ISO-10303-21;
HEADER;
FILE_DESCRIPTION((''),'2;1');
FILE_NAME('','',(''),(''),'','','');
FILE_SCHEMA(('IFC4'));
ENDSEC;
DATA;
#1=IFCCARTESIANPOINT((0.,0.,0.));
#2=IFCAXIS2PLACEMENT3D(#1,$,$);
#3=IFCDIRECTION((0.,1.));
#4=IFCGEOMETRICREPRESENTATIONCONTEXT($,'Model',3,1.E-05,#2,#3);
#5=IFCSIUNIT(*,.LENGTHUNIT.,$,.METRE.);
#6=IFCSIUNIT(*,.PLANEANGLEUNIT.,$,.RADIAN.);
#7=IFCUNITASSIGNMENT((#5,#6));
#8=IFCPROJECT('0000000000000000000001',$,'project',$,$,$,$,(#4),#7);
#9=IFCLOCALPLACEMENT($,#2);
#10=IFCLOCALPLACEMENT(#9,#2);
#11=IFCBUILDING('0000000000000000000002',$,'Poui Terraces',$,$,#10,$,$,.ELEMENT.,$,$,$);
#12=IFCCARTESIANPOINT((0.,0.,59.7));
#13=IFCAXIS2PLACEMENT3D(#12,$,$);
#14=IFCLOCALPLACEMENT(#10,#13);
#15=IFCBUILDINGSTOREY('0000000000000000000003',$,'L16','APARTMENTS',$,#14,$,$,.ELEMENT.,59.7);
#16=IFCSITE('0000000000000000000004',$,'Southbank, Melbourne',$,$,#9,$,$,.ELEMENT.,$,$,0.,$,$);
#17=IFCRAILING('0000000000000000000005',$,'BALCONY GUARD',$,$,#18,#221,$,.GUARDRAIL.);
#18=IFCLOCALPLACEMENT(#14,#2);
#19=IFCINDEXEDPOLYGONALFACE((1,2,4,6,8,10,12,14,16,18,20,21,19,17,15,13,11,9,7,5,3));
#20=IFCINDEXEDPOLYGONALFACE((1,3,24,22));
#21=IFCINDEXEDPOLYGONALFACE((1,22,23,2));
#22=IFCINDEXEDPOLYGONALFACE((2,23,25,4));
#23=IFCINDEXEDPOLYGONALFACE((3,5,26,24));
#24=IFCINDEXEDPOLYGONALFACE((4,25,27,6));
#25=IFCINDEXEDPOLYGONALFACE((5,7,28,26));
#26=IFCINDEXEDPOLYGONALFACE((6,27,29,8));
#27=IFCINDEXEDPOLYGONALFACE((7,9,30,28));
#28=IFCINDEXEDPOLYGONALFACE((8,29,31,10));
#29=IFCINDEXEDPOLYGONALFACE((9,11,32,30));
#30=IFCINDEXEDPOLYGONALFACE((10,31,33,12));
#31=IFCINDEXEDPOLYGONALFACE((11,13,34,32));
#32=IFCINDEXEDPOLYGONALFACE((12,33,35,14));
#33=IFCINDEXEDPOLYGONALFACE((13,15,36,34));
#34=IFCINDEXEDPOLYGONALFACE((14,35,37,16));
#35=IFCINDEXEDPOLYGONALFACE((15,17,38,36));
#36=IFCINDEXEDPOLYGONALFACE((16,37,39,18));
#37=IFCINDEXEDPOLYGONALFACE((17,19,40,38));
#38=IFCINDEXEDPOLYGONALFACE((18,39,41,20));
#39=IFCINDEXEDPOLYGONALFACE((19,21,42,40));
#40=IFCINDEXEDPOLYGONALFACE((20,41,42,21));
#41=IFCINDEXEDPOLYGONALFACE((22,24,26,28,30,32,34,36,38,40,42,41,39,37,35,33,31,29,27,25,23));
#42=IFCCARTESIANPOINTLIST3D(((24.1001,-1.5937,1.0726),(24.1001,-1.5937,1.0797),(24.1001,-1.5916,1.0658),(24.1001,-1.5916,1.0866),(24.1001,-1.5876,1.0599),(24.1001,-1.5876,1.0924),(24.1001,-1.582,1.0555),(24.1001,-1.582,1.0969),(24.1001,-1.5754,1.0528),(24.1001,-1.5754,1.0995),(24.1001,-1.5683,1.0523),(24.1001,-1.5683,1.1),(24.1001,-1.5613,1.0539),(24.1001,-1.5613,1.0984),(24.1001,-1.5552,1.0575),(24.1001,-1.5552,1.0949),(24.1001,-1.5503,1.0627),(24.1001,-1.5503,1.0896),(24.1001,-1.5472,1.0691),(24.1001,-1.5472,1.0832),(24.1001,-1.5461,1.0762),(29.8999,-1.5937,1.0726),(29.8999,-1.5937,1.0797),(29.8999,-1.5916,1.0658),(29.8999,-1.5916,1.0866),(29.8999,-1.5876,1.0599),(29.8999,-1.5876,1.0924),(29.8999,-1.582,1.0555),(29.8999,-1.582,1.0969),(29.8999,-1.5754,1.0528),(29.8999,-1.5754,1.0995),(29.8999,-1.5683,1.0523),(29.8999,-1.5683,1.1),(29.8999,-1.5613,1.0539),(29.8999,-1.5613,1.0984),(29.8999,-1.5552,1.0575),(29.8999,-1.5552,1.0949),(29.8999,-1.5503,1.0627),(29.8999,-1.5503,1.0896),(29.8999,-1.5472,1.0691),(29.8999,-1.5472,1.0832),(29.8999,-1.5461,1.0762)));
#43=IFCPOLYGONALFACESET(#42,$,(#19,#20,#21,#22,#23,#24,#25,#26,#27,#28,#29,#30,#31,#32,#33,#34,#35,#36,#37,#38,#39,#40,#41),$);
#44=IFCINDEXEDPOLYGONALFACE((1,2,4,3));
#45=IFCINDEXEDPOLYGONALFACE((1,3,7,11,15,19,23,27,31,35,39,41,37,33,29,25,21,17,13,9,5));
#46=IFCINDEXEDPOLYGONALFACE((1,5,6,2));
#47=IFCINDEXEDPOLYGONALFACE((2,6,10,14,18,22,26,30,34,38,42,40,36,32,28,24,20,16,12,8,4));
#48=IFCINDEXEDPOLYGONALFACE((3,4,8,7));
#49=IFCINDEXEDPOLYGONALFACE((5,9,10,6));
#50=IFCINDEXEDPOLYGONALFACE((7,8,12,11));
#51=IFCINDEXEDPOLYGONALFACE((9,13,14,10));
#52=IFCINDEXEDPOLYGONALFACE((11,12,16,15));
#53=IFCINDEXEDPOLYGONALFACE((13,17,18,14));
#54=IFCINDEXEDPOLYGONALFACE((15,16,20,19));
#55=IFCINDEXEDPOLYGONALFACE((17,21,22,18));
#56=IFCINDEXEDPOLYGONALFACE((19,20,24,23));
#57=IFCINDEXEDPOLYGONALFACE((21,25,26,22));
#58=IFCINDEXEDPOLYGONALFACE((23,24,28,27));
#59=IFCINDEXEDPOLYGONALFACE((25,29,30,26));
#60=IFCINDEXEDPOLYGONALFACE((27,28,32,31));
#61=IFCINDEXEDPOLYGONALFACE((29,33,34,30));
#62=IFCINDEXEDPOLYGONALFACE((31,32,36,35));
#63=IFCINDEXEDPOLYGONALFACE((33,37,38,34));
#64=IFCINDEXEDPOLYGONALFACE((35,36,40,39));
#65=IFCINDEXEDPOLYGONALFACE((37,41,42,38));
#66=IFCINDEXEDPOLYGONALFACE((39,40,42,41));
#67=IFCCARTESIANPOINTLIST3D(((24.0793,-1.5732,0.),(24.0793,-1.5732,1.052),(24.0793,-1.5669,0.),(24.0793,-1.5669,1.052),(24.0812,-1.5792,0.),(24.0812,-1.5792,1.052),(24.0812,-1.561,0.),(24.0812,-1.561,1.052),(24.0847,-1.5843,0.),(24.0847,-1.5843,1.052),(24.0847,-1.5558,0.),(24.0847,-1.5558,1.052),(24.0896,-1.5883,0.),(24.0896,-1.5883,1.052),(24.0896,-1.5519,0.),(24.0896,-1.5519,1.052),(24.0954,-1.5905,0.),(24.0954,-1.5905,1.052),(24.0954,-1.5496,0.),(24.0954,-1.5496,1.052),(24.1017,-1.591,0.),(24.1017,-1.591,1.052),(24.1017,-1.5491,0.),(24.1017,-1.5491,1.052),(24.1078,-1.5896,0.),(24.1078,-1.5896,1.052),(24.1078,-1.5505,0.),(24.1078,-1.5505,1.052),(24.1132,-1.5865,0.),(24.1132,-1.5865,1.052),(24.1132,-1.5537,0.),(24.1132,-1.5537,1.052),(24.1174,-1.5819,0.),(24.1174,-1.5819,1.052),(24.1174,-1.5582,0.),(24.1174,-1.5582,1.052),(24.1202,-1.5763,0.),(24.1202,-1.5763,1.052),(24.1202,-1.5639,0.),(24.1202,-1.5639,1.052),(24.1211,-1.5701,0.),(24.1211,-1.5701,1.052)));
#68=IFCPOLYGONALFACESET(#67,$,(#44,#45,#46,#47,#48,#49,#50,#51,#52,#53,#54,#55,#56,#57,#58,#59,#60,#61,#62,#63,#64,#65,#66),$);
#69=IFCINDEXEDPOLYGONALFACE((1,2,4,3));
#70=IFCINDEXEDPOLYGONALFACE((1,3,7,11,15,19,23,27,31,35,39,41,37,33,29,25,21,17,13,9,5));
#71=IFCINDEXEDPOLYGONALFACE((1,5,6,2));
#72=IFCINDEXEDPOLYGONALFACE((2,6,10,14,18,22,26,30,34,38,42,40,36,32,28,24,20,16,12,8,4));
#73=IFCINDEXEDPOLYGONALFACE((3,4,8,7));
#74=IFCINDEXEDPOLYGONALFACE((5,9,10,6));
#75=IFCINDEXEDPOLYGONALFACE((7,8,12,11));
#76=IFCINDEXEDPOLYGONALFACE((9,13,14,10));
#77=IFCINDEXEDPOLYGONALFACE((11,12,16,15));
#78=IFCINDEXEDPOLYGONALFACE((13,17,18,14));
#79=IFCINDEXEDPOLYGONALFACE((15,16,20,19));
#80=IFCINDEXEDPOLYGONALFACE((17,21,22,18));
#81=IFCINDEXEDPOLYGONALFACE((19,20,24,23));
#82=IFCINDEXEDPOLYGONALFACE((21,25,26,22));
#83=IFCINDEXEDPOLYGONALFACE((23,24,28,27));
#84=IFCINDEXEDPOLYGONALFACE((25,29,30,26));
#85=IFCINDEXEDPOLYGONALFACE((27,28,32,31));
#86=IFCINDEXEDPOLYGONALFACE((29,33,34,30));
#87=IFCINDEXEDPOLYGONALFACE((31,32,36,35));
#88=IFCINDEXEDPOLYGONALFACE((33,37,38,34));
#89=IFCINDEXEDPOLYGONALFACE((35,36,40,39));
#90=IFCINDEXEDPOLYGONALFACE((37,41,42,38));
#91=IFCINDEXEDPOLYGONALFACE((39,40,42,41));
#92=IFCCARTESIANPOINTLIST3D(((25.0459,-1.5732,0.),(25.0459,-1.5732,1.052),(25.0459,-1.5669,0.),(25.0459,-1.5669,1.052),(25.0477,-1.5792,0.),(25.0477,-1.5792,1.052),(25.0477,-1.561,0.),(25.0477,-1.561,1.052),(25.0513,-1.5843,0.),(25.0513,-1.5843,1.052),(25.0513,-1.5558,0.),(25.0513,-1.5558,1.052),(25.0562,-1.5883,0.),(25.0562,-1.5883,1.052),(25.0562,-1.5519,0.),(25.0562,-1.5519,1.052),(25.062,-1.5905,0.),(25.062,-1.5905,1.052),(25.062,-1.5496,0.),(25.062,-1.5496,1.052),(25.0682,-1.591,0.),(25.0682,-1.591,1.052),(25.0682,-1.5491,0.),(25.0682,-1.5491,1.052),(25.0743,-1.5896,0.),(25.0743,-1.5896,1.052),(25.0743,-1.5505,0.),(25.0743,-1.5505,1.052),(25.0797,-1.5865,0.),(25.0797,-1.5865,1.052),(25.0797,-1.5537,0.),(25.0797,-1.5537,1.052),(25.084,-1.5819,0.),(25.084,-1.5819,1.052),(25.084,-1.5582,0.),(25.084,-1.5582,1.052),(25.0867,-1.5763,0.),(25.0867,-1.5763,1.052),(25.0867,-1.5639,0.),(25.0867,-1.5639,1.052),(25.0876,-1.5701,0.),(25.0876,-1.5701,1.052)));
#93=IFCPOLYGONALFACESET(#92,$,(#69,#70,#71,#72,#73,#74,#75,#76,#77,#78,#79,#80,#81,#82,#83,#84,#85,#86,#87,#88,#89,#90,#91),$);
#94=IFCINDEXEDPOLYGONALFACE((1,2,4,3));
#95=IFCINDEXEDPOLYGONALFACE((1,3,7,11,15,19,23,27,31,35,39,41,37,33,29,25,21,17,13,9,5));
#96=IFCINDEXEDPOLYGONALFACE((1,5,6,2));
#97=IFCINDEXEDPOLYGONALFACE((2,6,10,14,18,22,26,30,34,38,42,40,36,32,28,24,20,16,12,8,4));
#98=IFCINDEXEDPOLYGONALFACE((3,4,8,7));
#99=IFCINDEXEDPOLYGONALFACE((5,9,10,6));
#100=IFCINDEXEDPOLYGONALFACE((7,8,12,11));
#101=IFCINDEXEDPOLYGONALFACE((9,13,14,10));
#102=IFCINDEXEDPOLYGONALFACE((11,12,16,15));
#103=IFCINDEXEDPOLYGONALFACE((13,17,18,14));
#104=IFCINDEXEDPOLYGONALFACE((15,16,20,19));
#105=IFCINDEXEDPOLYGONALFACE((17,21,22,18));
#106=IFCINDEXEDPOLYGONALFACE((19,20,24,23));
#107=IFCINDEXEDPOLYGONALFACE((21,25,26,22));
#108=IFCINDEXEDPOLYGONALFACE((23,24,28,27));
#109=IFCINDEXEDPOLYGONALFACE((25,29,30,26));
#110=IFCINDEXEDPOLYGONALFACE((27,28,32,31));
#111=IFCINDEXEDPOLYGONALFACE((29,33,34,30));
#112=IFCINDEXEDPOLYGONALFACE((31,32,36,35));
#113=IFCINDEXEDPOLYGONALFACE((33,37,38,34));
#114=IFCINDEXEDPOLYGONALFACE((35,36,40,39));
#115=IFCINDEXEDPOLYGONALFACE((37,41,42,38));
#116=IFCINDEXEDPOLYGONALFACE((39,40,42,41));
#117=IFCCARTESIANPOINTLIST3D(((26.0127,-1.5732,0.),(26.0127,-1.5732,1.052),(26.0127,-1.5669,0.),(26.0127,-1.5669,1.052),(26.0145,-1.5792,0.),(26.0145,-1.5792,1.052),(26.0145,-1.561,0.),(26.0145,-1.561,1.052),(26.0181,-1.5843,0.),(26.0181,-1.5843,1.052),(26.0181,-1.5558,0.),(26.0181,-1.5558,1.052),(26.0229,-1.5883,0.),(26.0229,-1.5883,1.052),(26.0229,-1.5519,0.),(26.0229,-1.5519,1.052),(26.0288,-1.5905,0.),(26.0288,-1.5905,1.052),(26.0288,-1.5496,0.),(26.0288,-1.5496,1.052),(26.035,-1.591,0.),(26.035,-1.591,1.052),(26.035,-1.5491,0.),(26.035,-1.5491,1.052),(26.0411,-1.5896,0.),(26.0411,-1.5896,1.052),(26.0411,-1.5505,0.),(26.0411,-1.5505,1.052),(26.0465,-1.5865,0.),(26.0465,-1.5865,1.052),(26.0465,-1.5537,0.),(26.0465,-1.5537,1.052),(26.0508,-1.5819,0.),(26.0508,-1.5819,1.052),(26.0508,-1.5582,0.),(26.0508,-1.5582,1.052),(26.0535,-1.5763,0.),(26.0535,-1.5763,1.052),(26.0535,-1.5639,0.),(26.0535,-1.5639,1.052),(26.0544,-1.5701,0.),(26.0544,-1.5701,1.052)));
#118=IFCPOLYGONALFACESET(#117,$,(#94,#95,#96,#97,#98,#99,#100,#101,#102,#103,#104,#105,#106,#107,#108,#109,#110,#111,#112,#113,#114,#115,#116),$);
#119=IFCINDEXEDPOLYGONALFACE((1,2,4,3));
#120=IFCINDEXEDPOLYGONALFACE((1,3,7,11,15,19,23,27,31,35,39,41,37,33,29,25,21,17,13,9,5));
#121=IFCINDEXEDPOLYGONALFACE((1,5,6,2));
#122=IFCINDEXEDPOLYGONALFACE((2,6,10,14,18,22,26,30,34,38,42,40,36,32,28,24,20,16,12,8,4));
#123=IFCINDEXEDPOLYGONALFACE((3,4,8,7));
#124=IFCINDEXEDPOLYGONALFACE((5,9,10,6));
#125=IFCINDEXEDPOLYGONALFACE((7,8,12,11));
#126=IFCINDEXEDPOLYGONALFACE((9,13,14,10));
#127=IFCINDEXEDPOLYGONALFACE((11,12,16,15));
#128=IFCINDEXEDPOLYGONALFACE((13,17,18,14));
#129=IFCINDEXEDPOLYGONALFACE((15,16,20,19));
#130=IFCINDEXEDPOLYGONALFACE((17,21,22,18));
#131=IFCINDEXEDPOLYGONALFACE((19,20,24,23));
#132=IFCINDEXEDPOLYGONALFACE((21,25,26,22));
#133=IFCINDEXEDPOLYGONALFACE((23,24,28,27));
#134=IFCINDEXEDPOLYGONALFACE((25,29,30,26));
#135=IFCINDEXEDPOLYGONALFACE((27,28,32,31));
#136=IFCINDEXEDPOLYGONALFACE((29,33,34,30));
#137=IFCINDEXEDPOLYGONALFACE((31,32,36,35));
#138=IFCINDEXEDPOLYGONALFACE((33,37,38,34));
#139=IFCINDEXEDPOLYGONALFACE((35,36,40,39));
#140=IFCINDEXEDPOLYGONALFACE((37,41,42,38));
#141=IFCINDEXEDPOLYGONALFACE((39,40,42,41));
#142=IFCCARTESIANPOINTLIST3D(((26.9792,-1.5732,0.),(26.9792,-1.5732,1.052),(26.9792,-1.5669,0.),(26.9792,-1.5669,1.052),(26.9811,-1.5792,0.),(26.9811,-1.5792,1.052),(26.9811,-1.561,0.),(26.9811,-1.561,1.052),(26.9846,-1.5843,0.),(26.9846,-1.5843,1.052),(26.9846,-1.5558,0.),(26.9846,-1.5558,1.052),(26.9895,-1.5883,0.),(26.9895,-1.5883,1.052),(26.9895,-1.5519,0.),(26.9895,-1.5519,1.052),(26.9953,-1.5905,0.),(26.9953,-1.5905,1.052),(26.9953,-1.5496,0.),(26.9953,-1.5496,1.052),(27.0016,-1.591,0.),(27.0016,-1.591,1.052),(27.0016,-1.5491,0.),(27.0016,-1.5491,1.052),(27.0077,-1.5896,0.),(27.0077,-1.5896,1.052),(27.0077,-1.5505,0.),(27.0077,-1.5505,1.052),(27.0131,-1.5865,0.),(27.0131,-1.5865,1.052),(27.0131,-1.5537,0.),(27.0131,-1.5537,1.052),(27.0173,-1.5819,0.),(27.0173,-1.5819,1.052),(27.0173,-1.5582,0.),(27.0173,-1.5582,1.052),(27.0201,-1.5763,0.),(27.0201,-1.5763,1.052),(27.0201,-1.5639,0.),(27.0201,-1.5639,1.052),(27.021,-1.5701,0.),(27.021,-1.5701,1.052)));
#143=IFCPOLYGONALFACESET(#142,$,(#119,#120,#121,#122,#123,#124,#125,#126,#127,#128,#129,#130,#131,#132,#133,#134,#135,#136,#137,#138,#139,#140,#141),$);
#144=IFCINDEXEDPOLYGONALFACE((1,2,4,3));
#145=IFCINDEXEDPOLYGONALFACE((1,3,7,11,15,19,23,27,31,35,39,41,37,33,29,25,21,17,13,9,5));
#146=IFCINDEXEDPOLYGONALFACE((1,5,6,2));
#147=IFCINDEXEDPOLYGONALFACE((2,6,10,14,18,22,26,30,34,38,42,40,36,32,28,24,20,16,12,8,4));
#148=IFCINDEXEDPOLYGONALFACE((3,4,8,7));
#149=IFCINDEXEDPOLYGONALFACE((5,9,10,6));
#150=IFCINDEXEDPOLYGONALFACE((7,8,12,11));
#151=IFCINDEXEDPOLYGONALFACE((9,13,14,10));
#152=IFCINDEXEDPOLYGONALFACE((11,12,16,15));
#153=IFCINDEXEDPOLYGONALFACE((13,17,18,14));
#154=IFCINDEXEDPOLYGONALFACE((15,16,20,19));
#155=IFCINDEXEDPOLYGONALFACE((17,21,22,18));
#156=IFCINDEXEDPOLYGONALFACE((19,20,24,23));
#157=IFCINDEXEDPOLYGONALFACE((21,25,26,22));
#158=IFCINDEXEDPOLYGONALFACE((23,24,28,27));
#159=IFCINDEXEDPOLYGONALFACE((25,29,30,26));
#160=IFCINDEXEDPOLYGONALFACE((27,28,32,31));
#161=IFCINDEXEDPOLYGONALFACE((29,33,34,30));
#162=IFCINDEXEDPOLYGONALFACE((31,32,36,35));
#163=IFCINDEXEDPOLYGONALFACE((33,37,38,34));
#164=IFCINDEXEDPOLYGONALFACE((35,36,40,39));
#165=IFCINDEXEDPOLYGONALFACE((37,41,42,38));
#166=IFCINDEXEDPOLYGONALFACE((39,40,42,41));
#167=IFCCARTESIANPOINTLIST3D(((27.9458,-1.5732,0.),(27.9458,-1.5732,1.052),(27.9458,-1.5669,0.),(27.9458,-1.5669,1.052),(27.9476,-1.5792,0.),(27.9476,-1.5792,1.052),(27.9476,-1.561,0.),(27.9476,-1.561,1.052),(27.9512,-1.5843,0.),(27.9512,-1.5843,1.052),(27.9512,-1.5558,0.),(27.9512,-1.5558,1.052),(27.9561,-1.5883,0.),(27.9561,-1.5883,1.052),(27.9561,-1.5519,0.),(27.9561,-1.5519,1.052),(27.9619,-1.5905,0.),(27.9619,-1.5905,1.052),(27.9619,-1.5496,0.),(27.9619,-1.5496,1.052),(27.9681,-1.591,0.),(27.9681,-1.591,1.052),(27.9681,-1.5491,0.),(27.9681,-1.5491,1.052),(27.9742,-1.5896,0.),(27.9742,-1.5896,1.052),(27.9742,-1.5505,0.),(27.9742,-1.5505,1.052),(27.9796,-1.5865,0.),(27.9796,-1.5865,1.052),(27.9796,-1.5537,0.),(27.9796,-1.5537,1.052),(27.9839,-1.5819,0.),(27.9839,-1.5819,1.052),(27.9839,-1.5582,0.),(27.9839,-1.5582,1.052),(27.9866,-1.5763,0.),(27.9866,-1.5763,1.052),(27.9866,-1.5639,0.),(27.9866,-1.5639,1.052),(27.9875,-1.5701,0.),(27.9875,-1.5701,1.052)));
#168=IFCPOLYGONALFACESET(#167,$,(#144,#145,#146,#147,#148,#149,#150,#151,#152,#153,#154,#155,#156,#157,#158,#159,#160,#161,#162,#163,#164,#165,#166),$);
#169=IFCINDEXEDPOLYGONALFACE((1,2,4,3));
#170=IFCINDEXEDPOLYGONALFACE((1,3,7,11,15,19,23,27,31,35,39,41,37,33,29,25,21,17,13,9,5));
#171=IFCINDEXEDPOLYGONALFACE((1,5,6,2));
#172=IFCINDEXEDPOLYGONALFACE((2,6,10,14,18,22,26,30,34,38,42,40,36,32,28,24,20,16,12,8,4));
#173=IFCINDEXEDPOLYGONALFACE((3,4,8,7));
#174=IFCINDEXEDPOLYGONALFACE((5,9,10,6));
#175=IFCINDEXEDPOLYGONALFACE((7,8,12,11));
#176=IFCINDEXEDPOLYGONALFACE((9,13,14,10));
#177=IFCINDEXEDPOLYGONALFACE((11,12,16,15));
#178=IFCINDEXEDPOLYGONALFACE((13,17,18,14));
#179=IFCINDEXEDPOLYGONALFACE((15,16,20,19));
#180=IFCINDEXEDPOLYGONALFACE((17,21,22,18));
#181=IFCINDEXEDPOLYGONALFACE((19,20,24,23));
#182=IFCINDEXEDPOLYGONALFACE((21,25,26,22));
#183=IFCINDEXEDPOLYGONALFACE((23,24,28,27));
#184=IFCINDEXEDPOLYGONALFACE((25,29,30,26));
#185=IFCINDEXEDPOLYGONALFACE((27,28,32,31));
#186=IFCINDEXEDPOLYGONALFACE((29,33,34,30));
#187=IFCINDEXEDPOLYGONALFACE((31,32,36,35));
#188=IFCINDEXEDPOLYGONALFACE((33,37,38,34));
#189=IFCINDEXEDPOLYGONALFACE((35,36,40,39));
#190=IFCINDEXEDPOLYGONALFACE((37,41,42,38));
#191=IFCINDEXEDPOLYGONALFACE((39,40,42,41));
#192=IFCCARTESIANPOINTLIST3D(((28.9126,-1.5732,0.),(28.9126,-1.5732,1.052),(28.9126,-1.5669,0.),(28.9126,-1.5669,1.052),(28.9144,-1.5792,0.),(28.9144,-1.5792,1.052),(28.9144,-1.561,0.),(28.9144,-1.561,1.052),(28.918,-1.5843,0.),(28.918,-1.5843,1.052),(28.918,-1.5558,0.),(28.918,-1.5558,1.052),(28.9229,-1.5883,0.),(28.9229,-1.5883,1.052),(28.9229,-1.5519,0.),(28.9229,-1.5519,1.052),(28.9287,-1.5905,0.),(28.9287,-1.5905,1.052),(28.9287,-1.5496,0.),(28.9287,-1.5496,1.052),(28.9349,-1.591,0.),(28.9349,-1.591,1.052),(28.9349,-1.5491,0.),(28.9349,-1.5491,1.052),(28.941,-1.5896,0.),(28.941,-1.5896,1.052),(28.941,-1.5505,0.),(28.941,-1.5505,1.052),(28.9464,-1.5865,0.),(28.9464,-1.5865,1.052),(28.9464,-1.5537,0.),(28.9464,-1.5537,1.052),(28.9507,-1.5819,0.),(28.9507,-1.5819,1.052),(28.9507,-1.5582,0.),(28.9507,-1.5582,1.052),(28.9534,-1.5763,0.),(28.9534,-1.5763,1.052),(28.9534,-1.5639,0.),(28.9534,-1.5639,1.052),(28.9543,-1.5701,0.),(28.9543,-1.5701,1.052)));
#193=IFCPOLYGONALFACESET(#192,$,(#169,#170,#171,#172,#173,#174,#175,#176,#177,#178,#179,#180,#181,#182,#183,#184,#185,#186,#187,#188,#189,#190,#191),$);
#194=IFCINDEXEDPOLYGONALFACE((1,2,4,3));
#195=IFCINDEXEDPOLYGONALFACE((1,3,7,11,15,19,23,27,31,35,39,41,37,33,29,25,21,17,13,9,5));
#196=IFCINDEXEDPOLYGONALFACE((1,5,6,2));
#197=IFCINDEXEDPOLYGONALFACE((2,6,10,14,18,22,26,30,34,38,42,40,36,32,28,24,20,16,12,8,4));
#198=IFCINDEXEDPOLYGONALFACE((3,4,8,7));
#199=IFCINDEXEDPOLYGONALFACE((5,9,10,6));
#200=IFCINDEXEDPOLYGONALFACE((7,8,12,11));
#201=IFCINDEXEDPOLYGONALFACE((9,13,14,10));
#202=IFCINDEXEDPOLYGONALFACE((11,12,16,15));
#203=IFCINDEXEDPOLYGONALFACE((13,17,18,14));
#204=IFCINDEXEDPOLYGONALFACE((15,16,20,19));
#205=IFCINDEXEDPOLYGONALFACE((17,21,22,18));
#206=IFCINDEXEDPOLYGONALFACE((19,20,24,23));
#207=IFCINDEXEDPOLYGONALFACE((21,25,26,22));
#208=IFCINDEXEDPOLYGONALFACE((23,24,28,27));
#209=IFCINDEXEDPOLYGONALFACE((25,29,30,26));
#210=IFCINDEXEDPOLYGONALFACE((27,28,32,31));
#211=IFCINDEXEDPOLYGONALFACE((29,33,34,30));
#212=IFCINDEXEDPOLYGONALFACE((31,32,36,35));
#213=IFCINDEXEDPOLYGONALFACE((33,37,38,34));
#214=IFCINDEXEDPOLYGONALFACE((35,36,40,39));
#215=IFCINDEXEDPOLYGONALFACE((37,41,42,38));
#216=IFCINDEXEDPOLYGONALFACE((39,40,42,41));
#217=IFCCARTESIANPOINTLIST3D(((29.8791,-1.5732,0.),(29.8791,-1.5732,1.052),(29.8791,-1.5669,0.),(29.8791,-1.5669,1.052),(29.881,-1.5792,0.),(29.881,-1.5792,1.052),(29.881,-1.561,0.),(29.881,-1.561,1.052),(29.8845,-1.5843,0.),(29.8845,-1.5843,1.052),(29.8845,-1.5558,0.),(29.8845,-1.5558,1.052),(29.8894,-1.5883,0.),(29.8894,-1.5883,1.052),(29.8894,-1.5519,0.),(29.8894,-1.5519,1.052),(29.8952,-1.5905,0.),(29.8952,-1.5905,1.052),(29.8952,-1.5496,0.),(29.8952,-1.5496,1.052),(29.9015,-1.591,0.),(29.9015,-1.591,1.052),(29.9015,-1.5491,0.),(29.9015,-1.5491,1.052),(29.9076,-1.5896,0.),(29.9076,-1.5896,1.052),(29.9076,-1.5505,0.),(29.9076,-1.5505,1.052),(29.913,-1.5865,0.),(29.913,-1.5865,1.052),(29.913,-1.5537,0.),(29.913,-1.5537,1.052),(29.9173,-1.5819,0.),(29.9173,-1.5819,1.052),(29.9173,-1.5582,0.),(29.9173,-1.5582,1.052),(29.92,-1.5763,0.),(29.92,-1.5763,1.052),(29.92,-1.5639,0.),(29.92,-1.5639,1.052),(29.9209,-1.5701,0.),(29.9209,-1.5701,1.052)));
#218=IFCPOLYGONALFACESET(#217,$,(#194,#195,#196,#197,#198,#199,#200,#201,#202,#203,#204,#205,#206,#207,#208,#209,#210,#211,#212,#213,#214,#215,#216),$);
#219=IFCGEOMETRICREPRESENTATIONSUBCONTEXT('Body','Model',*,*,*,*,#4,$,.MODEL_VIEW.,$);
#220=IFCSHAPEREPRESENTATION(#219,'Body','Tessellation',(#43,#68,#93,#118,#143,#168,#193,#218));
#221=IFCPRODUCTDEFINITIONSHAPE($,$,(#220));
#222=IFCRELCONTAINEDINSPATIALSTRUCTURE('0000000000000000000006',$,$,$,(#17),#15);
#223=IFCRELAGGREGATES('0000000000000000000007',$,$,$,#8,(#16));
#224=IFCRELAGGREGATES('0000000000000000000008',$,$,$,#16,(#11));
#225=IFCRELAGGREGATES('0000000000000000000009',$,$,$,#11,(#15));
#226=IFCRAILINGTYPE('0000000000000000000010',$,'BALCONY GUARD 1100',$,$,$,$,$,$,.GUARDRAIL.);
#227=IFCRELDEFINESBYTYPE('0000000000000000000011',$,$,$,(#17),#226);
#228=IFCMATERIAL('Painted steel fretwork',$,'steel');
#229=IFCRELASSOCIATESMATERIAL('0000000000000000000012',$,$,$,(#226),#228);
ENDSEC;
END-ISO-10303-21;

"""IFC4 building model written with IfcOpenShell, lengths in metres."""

from ifc_helpers import new_model, si_unit, direction, frame, origin, origin_2d, place, context, subcontext, project, spatial, circle, extrude, material, type_object, element, save


model = new_model("IFC4")

# Units and contexts
model_context = context("Model", 3, precision=1e-05, world=origin(), true_north=direction((0.0, 1.0)))
body_context = subcontext(model_context, "Body", "Model", "MODEL_VIEW")
ifc_project = project(units=[si_unit("LENGTHUNIT", "METRE"), si_unit("PLANEANGLEUNIT", "RADIAN")], contexts=[model_context])

# Site, building, storey
site_placement = place(None, origin())
site = spatial("IfcSite", under=ifc_project, at=site_placement, Name="Southbank, Melbourne", CompositionType="ELEMENT", RefElevation=0.0)
building_placement = place(site_placement, origin())
building = spatial("IfcBuilding", under=site, at=building_placement, Name="Poui Terraces", CompositionType="ELEMENT")
storey_placement = place(building_placement, frame((0.0, 0.0, 59.7)))
storey = spatial("IfcBuildingStorey", under=building, at=storey_placement, Name="L16", Description="APARTMENTS", CompositionType="ELEMENT", Elevation=59.7)

# Railing
ifc_material_1 = material(Name="Painted steel fretwork", Category="steel")
railing_type = type_object("IfcRailingType", Name="BALCONY GUARD 1100", PredefinedType="GUARDRAIL", material=ifc_material_1)
railing_placement = place(storey_placement, frame((24.1001, -1.5701, 0.0)))
element("IfcRailing", 1, at=railing_placement, inside=storey, type_object=railing_type, Name="BALCONY GUARD", PredefinedType="GUARDRAIL", context=body_context, shape_type="SweptSolid", body=[
    extrude(circle(Radius=0.0239, at=origin_2d()), frame((0.0, 0.0, 1.0762), z_axis=(1.0, 0.0, 0.0), x_axis=(0.0, 1.0, 0.0)), (0.0, 0.0, 1.0), 5.7998),
    extrude(circle(Radius=0.021, at=origin_2d()), origin(), (0.0, 0.0, 1.0), 1.052),
    extrude(circle(Radius=0.021, at=origin_2d()), frame((0.9666, 0.0, 0.0)), (0.0, 0.0, 1.0), 1.052),
    extrude(circle(Radius=0.021, at=origin_2d()), frame((1.9333, 0.0, 0.0)), (0.0, 0.0, 1.0), 1.052),
    extrude(circle(Radius=0.021, at=origin_2d()), frame((2.8999, 0.0, 0.0)), (0.0, 0.0, 1.0), 1.052),
    extrude(circle(Radius=0.021, at=origin_2d()), frame((3.8665, 0.0, 0.0)), (0.0, 0.0, 1.0), 1.052),
    extrude(circle(Radius=0.021, at=origin_2d()), frame((4.8333, 0.0, 0.0)), (0.0, 0.0, 1.0), 1.052),
    extrude(circle(Radius=0.021, at=origin_2d()), frame((5.7998, 0.0, 0.0)), (0.0, 0.0, 1.0), 1.052),
])

save(model, "model.ifc")
